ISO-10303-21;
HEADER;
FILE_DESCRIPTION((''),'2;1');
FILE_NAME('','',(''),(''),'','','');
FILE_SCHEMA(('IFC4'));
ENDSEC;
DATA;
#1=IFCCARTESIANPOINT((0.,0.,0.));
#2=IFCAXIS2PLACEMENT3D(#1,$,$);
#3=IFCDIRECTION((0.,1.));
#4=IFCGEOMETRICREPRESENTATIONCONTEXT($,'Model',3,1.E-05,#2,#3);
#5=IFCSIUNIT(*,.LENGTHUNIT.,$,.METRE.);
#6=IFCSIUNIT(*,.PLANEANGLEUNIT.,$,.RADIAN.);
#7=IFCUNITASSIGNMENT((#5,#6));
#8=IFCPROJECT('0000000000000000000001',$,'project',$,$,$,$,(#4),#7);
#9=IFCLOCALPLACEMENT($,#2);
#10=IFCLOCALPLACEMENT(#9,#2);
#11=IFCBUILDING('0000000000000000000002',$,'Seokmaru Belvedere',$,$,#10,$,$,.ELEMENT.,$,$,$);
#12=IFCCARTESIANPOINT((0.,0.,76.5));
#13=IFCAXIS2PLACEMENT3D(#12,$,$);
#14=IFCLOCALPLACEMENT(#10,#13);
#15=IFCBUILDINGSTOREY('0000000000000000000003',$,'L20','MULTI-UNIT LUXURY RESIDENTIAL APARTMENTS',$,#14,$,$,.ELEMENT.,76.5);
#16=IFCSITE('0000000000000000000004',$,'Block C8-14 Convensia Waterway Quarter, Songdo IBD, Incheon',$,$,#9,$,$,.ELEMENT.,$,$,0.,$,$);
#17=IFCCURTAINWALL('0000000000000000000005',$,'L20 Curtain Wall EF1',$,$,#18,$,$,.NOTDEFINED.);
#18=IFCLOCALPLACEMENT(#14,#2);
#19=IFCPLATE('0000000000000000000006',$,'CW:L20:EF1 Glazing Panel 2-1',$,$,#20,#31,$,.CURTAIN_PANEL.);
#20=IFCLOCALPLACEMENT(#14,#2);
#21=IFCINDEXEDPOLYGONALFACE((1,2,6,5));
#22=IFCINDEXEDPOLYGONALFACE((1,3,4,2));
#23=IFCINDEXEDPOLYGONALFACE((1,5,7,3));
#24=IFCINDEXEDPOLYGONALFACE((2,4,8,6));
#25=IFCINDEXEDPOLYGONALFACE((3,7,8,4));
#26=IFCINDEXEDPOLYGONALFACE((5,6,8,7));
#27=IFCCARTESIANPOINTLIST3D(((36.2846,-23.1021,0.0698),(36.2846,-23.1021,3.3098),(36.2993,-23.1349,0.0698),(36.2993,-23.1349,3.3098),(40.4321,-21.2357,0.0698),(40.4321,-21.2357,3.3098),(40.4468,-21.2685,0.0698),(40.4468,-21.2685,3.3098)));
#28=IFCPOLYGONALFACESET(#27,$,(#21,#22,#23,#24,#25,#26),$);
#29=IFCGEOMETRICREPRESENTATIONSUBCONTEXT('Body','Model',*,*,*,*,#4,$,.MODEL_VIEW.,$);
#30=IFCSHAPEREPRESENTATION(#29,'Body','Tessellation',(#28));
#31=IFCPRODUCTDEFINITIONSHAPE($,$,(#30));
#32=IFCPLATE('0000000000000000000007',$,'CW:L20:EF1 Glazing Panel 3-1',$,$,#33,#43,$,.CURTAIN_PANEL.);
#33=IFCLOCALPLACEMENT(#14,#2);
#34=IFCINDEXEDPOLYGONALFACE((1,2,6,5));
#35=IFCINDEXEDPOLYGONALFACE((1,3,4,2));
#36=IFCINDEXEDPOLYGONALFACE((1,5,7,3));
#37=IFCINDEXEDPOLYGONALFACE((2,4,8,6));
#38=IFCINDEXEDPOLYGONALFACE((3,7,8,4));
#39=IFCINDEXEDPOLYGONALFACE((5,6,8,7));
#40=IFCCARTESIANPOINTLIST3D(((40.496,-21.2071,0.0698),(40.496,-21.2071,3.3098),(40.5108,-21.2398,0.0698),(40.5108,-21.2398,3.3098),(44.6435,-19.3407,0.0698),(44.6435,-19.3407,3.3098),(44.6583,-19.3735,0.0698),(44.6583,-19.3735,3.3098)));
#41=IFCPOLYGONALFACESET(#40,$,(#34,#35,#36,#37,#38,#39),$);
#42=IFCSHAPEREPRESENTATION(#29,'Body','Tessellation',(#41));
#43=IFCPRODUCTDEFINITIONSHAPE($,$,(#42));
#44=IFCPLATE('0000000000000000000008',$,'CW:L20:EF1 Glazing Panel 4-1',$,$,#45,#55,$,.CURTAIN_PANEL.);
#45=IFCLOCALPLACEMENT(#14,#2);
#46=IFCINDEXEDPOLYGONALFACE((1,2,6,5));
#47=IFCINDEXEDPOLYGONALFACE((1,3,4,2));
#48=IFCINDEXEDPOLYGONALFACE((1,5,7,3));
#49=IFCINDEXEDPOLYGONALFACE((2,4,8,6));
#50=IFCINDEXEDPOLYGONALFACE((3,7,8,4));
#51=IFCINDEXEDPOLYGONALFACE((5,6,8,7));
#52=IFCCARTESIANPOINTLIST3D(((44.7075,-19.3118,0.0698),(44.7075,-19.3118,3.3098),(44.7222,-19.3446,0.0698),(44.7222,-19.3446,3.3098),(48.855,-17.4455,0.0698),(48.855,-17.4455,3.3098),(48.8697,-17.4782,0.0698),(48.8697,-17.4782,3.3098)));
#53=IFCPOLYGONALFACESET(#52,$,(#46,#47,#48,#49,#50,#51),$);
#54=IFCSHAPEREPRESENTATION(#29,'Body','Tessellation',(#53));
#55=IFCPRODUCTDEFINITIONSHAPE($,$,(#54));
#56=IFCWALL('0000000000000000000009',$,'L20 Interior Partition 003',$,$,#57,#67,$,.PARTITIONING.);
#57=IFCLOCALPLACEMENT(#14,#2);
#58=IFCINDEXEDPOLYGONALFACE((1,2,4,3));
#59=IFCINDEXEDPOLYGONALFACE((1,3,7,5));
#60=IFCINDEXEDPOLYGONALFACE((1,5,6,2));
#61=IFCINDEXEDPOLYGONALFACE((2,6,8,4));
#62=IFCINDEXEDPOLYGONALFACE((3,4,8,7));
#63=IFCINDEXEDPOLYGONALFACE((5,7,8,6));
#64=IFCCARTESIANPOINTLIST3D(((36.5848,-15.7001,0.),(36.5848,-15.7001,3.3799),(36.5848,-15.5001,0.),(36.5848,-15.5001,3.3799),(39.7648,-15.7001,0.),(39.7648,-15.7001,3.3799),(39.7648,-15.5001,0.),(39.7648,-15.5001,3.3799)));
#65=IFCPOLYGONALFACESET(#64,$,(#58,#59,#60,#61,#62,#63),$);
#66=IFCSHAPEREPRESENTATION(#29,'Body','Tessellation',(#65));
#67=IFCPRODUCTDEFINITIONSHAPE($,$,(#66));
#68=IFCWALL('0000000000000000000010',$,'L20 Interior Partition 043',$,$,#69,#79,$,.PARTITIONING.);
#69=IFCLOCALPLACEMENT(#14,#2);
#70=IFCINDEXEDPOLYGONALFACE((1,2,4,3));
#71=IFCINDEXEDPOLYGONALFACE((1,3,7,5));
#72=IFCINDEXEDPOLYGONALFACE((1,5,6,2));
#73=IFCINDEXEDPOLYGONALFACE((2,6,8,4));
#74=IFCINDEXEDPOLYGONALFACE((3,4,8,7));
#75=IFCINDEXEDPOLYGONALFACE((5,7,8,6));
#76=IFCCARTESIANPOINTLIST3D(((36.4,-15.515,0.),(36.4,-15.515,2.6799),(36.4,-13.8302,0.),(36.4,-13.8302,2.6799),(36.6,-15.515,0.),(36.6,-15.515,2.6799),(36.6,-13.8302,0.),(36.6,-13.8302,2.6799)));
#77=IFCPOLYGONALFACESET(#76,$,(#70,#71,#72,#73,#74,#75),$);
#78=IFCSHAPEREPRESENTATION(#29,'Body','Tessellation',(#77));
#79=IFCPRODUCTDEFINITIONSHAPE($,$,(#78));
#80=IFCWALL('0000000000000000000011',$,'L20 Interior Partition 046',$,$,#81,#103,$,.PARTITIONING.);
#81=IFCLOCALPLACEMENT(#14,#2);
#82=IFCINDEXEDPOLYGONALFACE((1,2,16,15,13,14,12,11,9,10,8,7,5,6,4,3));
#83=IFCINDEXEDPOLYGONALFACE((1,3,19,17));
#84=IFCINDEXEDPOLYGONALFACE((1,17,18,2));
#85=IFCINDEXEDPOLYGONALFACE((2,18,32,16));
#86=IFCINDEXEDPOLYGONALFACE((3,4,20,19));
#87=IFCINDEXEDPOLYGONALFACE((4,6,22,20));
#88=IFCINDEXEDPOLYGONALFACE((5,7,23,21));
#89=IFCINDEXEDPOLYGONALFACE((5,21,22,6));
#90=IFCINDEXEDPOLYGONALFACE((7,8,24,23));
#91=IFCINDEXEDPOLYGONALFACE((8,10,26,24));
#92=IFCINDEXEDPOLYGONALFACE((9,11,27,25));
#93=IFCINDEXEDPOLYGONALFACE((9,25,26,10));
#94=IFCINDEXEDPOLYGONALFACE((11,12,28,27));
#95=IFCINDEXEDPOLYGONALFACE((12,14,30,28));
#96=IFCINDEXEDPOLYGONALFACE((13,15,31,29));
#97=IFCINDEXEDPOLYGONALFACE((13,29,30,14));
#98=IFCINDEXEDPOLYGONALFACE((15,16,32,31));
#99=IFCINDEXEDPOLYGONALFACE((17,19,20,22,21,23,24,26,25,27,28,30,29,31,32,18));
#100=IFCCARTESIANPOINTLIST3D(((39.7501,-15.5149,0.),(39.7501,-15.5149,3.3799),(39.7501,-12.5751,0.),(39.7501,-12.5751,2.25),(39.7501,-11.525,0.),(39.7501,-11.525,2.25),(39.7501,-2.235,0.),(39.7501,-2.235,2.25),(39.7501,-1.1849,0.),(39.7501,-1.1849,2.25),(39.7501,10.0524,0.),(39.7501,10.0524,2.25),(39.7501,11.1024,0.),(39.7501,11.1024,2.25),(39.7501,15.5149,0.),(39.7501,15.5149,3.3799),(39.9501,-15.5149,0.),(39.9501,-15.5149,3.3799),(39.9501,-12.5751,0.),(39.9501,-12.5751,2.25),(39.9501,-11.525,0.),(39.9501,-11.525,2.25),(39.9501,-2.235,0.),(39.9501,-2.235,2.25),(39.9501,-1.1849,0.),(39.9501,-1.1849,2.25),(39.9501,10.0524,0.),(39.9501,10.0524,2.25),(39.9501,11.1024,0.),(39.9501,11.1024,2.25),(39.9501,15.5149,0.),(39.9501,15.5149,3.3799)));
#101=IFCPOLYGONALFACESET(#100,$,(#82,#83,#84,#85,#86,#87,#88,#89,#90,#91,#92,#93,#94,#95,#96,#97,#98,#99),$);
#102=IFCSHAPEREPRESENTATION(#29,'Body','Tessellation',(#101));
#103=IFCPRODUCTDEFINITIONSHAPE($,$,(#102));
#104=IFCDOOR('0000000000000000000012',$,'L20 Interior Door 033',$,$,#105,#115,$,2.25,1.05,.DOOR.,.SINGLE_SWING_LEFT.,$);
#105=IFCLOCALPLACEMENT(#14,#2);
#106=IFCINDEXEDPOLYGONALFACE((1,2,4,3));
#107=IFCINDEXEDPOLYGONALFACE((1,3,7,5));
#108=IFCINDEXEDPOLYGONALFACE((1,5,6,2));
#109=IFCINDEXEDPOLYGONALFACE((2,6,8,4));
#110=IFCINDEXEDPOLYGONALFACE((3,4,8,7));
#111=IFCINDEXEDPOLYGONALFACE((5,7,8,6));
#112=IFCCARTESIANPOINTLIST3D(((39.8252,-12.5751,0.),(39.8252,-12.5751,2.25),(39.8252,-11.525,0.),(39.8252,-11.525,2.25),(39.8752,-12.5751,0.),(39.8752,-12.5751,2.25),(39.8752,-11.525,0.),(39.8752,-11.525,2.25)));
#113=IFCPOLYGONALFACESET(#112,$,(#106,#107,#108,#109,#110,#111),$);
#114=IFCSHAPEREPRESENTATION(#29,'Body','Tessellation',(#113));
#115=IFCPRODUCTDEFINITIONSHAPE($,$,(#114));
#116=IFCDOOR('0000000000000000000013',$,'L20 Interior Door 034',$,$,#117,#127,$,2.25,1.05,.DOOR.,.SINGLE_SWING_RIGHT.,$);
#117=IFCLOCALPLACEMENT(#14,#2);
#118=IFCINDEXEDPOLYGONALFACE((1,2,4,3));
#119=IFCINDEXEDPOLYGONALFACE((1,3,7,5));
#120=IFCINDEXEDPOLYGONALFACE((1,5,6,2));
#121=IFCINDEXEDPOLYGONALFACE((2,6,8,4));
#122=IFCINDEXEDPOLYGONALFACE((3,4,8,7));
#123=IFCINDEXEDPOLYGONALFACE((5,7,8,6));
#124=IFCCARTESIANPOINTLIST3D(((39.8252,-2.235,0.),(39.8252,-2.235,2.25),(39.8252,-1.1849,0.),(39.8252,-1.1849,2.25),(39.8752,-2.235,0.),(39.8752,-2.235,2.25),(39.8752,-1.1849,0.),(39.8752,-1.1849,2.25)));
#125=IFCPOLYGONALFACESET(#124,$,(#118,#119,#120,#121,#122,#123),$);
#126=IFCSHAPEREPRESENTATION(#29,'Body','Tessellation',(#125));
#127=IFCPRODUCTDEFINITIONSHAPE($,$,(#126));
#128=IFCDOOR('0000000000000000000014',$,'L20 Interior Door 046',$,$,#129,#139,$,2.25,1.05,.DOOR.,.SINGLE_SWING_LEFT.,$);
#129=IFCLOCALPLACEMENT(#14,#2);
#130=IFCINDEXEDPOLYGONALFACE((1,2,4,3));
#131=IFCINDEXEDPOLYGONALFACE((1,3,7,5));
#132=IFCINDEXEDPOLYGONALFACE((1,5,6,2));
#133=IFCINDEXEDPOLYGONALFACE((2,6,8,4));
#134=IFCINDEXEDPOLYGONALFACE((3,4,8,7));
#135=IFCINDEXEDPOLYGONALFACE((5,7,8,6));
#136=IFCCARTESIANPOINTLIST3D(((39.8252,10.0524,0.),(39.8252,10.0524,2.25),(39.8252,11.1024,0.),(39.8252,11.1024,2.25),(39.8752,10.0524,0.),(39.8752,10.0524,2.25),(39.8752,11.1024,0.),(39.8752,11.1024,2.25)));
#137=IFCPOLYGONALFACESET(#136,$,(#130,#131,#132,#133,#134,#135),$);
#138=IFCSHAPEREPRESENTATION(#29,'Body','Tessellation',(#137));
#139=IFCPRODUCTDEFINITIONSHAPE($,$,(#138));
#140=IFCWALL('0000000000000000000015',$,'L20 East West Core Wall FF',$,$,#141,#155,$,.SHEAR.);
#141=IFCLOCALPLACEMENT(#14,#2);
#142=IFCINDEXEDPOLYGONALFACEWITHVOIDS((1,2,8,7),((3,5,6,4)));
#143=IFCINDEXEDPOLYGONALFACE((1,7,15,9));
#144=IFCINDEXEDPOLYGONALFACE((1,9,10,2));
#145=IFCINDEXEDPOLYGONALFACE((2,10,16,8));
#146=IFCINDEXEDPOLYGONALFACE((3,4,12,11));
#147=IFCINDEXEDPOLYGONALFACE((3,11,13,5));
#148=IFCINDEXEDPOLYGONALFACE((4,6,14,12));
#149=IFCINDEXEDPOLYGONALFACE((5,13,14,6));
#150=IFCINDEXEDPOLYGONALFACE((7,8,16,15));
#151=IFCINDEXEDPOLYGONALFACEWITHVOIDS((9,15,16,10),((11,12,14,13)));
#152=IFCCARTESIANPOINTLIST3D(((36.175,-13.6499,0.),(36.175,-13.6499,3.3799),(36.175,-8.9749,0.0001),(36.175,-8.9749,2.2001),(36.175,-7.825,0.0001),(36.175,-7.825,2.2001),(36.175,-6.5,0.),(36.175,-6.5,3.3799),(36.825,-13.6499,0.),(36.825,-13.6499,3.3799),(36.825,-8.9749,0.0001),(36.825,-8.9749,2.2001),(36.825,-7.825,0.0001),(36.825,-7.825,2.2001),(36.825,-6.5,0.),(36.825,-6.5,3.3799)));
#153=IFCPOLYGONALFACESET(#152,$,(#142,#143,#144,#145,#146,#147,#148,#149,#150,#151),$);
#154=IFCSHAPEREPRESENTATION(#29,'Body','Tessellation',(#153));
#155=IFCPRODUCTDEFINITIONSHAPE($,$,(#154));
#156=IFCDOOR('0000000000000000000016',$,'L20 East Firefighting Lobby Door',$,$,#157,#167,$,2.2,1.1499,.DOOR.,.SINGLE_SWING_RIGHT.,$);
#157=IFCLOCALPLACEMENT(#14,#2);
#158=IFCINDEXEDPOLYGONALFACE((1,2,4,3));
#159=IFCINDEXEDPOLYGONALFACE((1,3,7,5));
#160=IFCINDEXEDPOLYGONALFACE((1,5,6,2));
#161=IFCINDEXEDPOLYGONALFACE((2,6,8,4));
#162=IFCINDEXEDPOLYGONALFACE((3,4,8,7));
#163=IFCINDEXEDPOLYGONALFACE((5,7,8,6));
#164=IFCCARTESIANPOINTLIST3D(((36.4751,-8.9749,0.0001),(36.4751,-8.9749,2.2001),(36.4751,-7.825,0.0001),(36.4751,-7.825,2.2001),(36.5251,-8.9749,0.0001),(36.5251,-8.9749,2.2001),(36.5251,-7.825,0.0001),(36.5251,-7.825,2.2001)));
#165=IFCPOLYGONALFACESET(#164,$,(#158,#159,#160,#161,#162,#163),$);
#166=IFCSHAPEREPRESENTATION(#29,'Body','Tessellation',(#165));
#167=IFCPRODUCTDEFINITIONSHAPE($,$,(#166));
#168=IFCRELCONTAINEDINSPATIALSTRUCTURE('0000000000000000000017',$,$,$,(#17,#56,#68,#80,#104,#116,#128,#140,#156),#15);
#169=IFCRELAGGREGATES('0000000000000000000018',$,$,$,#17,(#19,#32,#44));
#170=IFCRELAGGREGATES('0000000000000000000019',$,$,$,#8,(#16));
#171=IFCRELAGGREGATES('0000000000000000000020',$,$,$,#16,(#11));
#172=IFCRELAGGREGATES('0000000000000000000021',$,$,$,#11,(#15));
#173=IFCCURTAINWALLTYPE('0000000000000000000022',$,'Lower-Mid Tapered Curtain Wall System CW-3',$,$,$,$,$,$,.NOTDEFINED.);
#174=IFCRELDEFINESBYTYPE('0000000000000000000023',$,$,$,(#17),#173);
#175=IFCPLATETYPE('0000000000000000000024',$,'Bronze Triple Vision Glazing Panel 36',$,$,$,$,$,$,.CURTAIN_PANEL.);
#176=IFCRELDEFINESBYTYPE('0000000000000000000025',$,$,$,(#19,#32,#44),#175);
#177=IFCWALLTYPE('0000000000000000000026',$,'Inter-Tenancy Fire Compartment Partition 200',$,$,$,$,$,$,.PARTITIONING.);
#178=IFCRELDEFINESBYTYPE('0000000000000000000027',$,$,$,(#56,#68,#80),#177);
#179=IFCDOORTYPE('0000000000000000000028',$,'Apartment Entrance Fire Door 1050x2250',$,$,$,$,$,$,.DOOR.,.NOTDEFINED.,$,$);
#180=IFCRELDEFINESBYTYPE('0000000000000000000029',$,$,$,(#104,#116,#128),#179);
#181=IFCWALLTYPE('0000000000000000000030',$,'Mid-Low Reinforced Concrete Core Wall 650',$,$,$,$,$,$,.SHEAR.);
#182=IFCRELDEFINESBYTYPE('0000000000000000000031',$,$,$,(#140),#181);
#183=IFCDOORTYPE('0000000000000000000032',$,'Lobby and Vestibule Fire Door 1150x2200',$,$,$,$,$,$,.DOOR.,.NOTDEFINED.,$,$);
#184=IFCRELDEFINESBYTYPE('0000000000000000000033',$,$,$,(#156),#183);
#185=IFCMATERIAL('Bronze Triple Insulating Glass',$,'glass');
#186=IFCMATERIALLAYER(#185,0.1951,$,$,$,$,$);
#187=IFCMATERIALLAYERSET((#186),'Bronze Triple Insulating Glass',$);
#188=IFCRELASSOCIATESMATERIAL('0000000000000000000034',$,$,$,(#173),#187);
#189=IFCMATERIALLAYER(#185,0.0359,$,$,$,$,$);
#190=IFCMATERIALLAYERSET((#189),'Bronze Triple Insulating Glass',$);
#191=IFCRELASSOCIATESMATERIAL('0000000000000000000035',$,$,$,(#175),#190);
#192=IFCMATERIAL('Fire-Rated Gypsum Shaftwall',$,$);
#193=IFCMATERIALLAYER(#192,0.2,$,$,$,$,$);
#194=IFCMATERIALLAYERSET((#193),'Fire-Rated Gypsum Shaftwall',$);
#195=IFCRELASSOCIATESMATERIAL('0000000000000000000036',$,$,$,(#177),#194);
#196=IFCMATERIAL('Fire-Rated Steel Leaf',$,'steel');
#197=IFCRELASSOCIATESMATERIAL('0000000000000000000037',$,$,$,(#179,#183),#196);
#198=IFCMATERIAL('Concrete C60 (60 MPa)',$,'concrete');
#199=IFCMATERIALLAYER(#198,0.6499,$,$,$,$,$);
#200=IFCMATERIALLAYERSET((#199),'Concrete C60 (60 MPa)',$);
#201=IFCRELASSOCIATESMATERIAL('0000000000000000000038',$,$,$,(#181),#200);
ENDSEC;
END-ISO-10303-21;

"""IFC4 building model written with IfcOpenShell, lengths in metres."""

from ifc_helpers import new_model, si_unit, direction, frame, frame_2d, origin, origin_2d, place, context, subcontext, project, spatial, rectangle, extrude, source, transform, mapped, material, layer, layer_set, type_object, type_shapes, element, fill, aggregate, save


model = new_model("IFC4")

# Units and contexts
model_context = context("Model", 3, precision=1e-05, world=origin(), true_north=direction((0.0, 1.0)))
body_context = subcontext(model_context, "Body", "Model", "MODEL_VIEW")
ifc_project = project(units=[si_unit("LENGTHUNIT", "METRE"), si_unit("PLANEANGLEUNIT", "RADIAN")], contexts=[model_context])

# Site, building, storey
site_placement = place(None, origin())
site = spatial("IfcSite", under=ifc_project, at=site_placement, Name="Block C8-14 Convensia Waterway Quarter, Songdo IBD, Incheon", CompositionType="ELEMENT", RefElevation=0.0)
building_placement = place(site_placement, origin())
building = spatial("IfcBuilding", under=site, at=building_placement, Name="Seokmaru Belvedere", CompositionType="ELEMENT")
storey_placement = place(building_placement, frame((0.0, 0.0, 76.5)))
storey = spatial("IfcBuildingStorey", under=building, at=storey_placement, Name="L20", Description="MULTI-UNIT LUXURY RESIDENTIAL APARTMENTS", CompositionType="ELEMENT", Elevation=76.5)

# Curtain wall, plates
ifc_material_1 = material(Name="Bronze Triple Insulating Glass", Category="glass")
ifc_layer_1 = layer(ifc_material_1, 0.1951)
ifc_layer_set_1 = layer_set([ifc_layer_1], Name="Bronze Triple Insulating Glass")
curtain_wall_type = type_object("IfcCurtainWallType", Name="Lower-Mid Tapered Curtain Wall System CW-3", PredefinedType="NOTDEFINED", material=ifc_layer_set_1)
curtain_wall_placement = place(storey_placement, origin())
curtain_wall = element("IfcCurtainWall", 1, at=curtain_wall_placement, inside=storey, type_object=curtain_wall_type, Name="L20 Curtain Wall EF1", PredefinedType="NOTDEFINED")
ifc_layer_2 = layer(ifc_material_1, 0.0359)
ifc_layer_set_2 = layer_set([ifc_layer_2], Name="Bronze Triple Insulating Glass")
plate_type = type_object("IfcPlateType", Name="Bronze Triple Vision Glazing Panel 36", PredefinedType="CURTAIN_PANEL", material=ifc_layer_set_2)
shared_shape_1 = source(origin(), body_context, "Body", "SweptSolid", [
    extrude(rectangle(XDim=4.5481, YDim=0.0359, at=origin_2d()), origin(), (0.0, 0.0, 1.0), 3.24),
])
type_shapes(plate_type, [shared_shape_1])
plate_1_placement = place(storey_placement, frame((38.3657, -22.1853, 0.0698), z_axis=(0.0, 0.0, 1.0), x_axis=(0.911921, 0.410366, 0.0)))
plate_1 = element("IfcPlate", 2, at=plate_1_placement, type_object=plate_type, Name="CW:L20:EF1 Glazing Panel 2-1", PredefinedType="CURTAIN_PANEL", context=body_context, shape_type="MappedRepresentation", body=[
    mapped(shared_shape_1, transform((0.0, 0.0, 0.0), scale=1.0)),
])
plate_2_placement = place(storey_placement, frame((42.5771, -20.2903, 0.0698), z_axis=(0.0, 0.0, 1.0), x_axis=(0.911921, 0.410366, 0.0)))
plate_2 = element("IfcPlate", 3, at=plate_2_placement, type_object=plate_type, Name="CW:L20:EF1 Glazing Panel 3-1", PredefinedType="CURTAIN_PANEL", context=body_context, shape_type="MappedRepresentation", body=[
    mapped(shared_shape_1, transform((0.0, 0.0, 0.0), scale=1.0)),
])
plate_3_placement = place(storey_placement, frame((46.7886, -18.395, 0.0698), z_axis=(0.0, 0.0, 1.0), x_axis=(0.911921, 0.410366, 0.0)))
plate_3 = element("IfcPlate", 4, at=plate_3_placement, type_object=plate_type, Name="CW:L20:EF1 Glazing Panel 4-1", PredefinedType="CURTAIN_PANEL", context=body_context, shape_type="MappedRepresentation", body=[
    mapped(shared_shape_1, transform((0.0, 0.0, 0.0), scale=1.0)),
])
aggregate(curtain_wall, [plate_1, plate_2, plate_3])

# Walls
ifc_material_2 = material(Name="Fire-Rated Gypsum Shaftwall")
ifc_layer_3 = layer(ifc_material_2, 0.2)
ifc_layer_set_3 = layer_set([ifc_layer_3], Name="Fire-Rated Gypsum Shaftwall")
wall_type_1 = type_object("IfcWallType", Name="Inter-Tenancy Fire Compartment Partition 200", PredefinedType="PARTITIONING", material=ifc_layer_set_3)
wall_1_placement = place(storey_placement, frame((36.585, -15.6001, 0.0), z_axis=(0.0, 0.0, 1.0), x_axis=(1.0, 0.0, 0.0)))
element("IfcWall", 5, at=wall_1_placement, inside=storey, type_object=wall_type_1, Name="L20 Interior Partition 003", PredefinedType="PARTITIONING", context=body_context, shape_type="SweptSolid", body=[
    extrude(rectangle(XDim=3.1799, YDim=0.2, at=frame_2d((1.5898, 0.0))), origin(), (0.0, 0.0, 1.0), 3.3799),
])
wall_2_placement = place(storey_placement, frame((36.5, -15.5149, 0.0), z_axis=(0.0, 0.0, 1.0), x_axis=(0.0, 1.0, 0.0)))
element("IfcWall", 6, at=wall_2_placement, inside=storey, type_object=wall_type_1, Name="L20 Interior Partition 043", PredefinedType="PARTITIONING", context=body_context, shape_type="SweptSolid", body=[
    extrude(rectangle(XDim=1.6848, YDim=0.2, at=frame_2d((0.8423, 0.0))), origin(), (0.0, 0.0, 1.0), 2.6799),
])

# Wall, openings, doors
wall_3_placement = place(storey_placement, frame((39.8501, -15.5149, 0.0), z_axis=(0.0, 0.0, 1.0), x_axis=(0.0, 1.0, 0.0)))
wall_3 = element("IfcWall", 7, at=wall_3_placement, inside=storey, type_object=wall_type_1, Name="L20 Interior Partition 046", PredefinedType="PARTITIONING", context=body_context, shape_type="SweptSolid", body=[
    extrude(rectangle(XDim=31.0298, YDim=0.2, at=frame_2d((15.5149, 0.0))), origin(), (0.0, 0.0, 1.0), 3.3799),
])
opening_1_placement = place(wall_3_placement, frame((2.9399, 0.0, 0.0)))
opening_1 = element("IfcOpeningElement", 8, at=opening_1_placement, cuts=wall_3, PredefinedType="OPENING", context=body_context, shape_type="SweptSolid", body=[
    extrude(rectangle(XDim=1.05, YDim=2.25, at=frame_2d((0.5249, 1.125))), frame((0.0, 0.1099, 0.0), z_axis=(0.0, -1.0, 0.0), x_axis=(1.0, 0.0, 0.0)), (0.0, 0.0, 1.0), 0.22),
])
opening_2_placement = place(wall_3_placement, frame((13.28, 0.0, 0.0)))
opening_2 = element("IfcOpeningElement", 9, at=opening_2_placement, cuts=wall_3, PredefinedType="OPENING", context=body_context, shape_type="SweptSolid", body=[
    extrude(rectangle(XDim=1.05, YDim=2.25, at=frame_2d((0.5249, 1.125))), frame((0.0, 0.1099, 0.0), z_axis=(0.0, -1.0, 0.0), x_axis=(1.0, 0.0, 0.0)), (0.0, 0.0, 1.0), 0.22),
])
opening_3_placement = place(wall_3_placement, frame((25.5674, 0.0, 0.0)))
opening_3 = element("IfcOpeningElement", 10, at=opening_3_placement, cuts=wall_3, PredefinedType="OPENING", context=body_context, shape_type="SweptSolid", body=[
    extrude(rectangle(XDim=1.05, YDim=2.25, at=frame_2d((0.5249, 1.125))), frame((0.0, 0.1099, 0.0), z_axis=(0.0, -1.0, 0.0), x_axis=(1.0, 0.0, 0.0)), (0.0, 0.0, 1.0), 0.22),
])
ifc_material_3 = material(Name="Fire-Rated Steel Leaf", Category="steel")
door_type_1 = type_object("IfcDoorType", Name="Apartment Entrance Fire Door 1050x2250", OperationType="NOTDEFINED", PredefinedType="DOOR", material=ifc_material_3)
shared_shape_2 = source(origin(), body_context, "Body", "SweptSolid", [
    extrude(rectangle(XDim=1.05, YDim=2.25, at=frame_2d((0.5249, 1.125))), frame((0.0, 0.0249, 0.0), z_axis=(0.0, -1.0, 0.0), x_axis=(1.0, 0.0, 0.0)), (0.0, 0.0, 1.0), 0.05),
])
type_shapes(door_type_1, [shared_shape_2])
door_1_placement = place(opening_1_placement, origin())
door_1 = element("IfcDoor", 11, at=door_1_placement, inside=storey, type_object=door_type_1, Name="L20 Interior Door 033", OperationType="SINGLE_SWING_LEFT", OverallHeight=2.25, OverallWidth=1.05, PredefinedType="DOOR", context=body_context, shape_type="MappedRepresentation", body=[
    mapped(shared_shape_2, transform((0.0, 0.0, 0.0), scale=1.0)),
])
fill(opening_1, door_1)
door_2_placement = place(opening_2_placement, origin())
door_2 = element("IfcDoor", 12, at=door_2_placement, inside=storey, type_object=door_type_1, Name="L20 Interior Door 034", OperationType="SINGLE_SWING_RIGHT", OverallHeight=2.25, OverallWidth=1.05, PredefinedType="DOOR", context=body_context, shape_type="MappedRepresentation", body=[
    mapped(shared_shape_2, transform((0.0, 0.0, 0.0), scale=1.0)),
])
fill(opening_2, door_2)
door_3_placement = place(opening_3_placement, origin())
door_3 = element("IfcDoor", 13, at=door_3_placement, inside=storey, type_object=door_type_1, Name="L20 Interior Door 046", OperationType="SINGLE_SWING_LEFT", OverallHeight=2.25, OverallWidth=1.05, PredefinedType="DOOR", context=body_context, shape_type="MappedRepresentation", body=[
    mapped(shared_shape_2, transform((0.0, 0.0, 0.0), scale=1.0)),
])
fill(opening_3, door_3)

# Wall, opening, door
ifc_material_4 = material(Name="Concrete C60 (60 MPa)", Category="concrete")
ifc_layer_4 = layer(ifc_material_4, 0.6499)
ifc_layer_set_4 = layer_set([ifc_layer_4], Name="Concrete C60 (60 MPa)")
wall_type_2 = type_object("IfcWallType", Name="Mid-Low Reinforced Concrete Core Wall 650", PredefinedType="SHEAR", material=ifc_layer_set_4)
wall_4_placement = place(storey_placement, frame((36.5, -13.6499, 0.0), z_axis=(0.0, 0.0, 1.0), x_axis=(0.0, 1.0, 0.0)))
wall_4 = element("IfcWall", 14, at=wall_4_placement, inside=storey, type_object=wall_type_2, Name="L20 East West Core Wall FF", PredefinedType="SHEAR", context=body_context, shape_type="SweptSolid", body=[
    extrude(rectangle(XDim=7.1499, YDim=0.6499, at=frame_2d((3.575, 0.0))), origin(), (0.0, 0.0, 1.0), 3.3799),
])
opening_4_placement = place(wall_4_placement, frame((4.675, 0.0, 0.0)))
opening_4 = element("IfcOpeningElement", 15, at=opening_4_placement, cuts=wall_4, PredefinedType="OPENING", context=body_context, shape_type="SweptSolid", body=[
    extrude(rectangle(XDim=1.1499, YDim=2.2, at=frame_2d((0.575, 1.1001))), frame((0.0, 0.335, 0.0), z_axis=(0.0, -1.0, 0.0), x_axis=(1.0, 0.0, 0.0)), (0.0, 0.0, 1.0), 0.6699),
])
door_type_2 = type_object("IfcDoorType", Name="Lobby and Vestibule Fire Door 1150x2200", OperationType="NOTDEFINED", PredefinedType="DOOR", material=ifc_material_3)
shared_shape_3 = source(origin(), body_context, "Body", "SweptSolid", [
    extrude(rectangle(XDim=1.1499, YDim=2.2, at=frame_2d((0.575, 1.1001))), frame((0.0, 0.0249, 0.0), z_axis=(0.0, -1.0, 0.0), x_axis=(1.0, 0.0, 0.0)), (0.0, 0.0, 1.0), 0.05),
])
type_shapes(door_type_2, [shared_shape_3])
door_4_placement = place(opening_4_placement, origin())
door_4 = element("IfcDoor", 16, at=door_4_placement, inside=storey, type_object=door_type_2, Name="L20 East Firefighting Lobby Door", OperationType="SINGLE_SWING_RIGHT", OverallHeight=2.2, OverallWidth=1.1499, PredefinedType="DOOR", context=body_context, shape_type="MappedRepresentation", body=[
    mapped(shared_shape_3, transform((0.0, 0.0, 0.0), scale=1.0)),
])
fill(opening_4, door_4)

save(model, "model.ifc")
